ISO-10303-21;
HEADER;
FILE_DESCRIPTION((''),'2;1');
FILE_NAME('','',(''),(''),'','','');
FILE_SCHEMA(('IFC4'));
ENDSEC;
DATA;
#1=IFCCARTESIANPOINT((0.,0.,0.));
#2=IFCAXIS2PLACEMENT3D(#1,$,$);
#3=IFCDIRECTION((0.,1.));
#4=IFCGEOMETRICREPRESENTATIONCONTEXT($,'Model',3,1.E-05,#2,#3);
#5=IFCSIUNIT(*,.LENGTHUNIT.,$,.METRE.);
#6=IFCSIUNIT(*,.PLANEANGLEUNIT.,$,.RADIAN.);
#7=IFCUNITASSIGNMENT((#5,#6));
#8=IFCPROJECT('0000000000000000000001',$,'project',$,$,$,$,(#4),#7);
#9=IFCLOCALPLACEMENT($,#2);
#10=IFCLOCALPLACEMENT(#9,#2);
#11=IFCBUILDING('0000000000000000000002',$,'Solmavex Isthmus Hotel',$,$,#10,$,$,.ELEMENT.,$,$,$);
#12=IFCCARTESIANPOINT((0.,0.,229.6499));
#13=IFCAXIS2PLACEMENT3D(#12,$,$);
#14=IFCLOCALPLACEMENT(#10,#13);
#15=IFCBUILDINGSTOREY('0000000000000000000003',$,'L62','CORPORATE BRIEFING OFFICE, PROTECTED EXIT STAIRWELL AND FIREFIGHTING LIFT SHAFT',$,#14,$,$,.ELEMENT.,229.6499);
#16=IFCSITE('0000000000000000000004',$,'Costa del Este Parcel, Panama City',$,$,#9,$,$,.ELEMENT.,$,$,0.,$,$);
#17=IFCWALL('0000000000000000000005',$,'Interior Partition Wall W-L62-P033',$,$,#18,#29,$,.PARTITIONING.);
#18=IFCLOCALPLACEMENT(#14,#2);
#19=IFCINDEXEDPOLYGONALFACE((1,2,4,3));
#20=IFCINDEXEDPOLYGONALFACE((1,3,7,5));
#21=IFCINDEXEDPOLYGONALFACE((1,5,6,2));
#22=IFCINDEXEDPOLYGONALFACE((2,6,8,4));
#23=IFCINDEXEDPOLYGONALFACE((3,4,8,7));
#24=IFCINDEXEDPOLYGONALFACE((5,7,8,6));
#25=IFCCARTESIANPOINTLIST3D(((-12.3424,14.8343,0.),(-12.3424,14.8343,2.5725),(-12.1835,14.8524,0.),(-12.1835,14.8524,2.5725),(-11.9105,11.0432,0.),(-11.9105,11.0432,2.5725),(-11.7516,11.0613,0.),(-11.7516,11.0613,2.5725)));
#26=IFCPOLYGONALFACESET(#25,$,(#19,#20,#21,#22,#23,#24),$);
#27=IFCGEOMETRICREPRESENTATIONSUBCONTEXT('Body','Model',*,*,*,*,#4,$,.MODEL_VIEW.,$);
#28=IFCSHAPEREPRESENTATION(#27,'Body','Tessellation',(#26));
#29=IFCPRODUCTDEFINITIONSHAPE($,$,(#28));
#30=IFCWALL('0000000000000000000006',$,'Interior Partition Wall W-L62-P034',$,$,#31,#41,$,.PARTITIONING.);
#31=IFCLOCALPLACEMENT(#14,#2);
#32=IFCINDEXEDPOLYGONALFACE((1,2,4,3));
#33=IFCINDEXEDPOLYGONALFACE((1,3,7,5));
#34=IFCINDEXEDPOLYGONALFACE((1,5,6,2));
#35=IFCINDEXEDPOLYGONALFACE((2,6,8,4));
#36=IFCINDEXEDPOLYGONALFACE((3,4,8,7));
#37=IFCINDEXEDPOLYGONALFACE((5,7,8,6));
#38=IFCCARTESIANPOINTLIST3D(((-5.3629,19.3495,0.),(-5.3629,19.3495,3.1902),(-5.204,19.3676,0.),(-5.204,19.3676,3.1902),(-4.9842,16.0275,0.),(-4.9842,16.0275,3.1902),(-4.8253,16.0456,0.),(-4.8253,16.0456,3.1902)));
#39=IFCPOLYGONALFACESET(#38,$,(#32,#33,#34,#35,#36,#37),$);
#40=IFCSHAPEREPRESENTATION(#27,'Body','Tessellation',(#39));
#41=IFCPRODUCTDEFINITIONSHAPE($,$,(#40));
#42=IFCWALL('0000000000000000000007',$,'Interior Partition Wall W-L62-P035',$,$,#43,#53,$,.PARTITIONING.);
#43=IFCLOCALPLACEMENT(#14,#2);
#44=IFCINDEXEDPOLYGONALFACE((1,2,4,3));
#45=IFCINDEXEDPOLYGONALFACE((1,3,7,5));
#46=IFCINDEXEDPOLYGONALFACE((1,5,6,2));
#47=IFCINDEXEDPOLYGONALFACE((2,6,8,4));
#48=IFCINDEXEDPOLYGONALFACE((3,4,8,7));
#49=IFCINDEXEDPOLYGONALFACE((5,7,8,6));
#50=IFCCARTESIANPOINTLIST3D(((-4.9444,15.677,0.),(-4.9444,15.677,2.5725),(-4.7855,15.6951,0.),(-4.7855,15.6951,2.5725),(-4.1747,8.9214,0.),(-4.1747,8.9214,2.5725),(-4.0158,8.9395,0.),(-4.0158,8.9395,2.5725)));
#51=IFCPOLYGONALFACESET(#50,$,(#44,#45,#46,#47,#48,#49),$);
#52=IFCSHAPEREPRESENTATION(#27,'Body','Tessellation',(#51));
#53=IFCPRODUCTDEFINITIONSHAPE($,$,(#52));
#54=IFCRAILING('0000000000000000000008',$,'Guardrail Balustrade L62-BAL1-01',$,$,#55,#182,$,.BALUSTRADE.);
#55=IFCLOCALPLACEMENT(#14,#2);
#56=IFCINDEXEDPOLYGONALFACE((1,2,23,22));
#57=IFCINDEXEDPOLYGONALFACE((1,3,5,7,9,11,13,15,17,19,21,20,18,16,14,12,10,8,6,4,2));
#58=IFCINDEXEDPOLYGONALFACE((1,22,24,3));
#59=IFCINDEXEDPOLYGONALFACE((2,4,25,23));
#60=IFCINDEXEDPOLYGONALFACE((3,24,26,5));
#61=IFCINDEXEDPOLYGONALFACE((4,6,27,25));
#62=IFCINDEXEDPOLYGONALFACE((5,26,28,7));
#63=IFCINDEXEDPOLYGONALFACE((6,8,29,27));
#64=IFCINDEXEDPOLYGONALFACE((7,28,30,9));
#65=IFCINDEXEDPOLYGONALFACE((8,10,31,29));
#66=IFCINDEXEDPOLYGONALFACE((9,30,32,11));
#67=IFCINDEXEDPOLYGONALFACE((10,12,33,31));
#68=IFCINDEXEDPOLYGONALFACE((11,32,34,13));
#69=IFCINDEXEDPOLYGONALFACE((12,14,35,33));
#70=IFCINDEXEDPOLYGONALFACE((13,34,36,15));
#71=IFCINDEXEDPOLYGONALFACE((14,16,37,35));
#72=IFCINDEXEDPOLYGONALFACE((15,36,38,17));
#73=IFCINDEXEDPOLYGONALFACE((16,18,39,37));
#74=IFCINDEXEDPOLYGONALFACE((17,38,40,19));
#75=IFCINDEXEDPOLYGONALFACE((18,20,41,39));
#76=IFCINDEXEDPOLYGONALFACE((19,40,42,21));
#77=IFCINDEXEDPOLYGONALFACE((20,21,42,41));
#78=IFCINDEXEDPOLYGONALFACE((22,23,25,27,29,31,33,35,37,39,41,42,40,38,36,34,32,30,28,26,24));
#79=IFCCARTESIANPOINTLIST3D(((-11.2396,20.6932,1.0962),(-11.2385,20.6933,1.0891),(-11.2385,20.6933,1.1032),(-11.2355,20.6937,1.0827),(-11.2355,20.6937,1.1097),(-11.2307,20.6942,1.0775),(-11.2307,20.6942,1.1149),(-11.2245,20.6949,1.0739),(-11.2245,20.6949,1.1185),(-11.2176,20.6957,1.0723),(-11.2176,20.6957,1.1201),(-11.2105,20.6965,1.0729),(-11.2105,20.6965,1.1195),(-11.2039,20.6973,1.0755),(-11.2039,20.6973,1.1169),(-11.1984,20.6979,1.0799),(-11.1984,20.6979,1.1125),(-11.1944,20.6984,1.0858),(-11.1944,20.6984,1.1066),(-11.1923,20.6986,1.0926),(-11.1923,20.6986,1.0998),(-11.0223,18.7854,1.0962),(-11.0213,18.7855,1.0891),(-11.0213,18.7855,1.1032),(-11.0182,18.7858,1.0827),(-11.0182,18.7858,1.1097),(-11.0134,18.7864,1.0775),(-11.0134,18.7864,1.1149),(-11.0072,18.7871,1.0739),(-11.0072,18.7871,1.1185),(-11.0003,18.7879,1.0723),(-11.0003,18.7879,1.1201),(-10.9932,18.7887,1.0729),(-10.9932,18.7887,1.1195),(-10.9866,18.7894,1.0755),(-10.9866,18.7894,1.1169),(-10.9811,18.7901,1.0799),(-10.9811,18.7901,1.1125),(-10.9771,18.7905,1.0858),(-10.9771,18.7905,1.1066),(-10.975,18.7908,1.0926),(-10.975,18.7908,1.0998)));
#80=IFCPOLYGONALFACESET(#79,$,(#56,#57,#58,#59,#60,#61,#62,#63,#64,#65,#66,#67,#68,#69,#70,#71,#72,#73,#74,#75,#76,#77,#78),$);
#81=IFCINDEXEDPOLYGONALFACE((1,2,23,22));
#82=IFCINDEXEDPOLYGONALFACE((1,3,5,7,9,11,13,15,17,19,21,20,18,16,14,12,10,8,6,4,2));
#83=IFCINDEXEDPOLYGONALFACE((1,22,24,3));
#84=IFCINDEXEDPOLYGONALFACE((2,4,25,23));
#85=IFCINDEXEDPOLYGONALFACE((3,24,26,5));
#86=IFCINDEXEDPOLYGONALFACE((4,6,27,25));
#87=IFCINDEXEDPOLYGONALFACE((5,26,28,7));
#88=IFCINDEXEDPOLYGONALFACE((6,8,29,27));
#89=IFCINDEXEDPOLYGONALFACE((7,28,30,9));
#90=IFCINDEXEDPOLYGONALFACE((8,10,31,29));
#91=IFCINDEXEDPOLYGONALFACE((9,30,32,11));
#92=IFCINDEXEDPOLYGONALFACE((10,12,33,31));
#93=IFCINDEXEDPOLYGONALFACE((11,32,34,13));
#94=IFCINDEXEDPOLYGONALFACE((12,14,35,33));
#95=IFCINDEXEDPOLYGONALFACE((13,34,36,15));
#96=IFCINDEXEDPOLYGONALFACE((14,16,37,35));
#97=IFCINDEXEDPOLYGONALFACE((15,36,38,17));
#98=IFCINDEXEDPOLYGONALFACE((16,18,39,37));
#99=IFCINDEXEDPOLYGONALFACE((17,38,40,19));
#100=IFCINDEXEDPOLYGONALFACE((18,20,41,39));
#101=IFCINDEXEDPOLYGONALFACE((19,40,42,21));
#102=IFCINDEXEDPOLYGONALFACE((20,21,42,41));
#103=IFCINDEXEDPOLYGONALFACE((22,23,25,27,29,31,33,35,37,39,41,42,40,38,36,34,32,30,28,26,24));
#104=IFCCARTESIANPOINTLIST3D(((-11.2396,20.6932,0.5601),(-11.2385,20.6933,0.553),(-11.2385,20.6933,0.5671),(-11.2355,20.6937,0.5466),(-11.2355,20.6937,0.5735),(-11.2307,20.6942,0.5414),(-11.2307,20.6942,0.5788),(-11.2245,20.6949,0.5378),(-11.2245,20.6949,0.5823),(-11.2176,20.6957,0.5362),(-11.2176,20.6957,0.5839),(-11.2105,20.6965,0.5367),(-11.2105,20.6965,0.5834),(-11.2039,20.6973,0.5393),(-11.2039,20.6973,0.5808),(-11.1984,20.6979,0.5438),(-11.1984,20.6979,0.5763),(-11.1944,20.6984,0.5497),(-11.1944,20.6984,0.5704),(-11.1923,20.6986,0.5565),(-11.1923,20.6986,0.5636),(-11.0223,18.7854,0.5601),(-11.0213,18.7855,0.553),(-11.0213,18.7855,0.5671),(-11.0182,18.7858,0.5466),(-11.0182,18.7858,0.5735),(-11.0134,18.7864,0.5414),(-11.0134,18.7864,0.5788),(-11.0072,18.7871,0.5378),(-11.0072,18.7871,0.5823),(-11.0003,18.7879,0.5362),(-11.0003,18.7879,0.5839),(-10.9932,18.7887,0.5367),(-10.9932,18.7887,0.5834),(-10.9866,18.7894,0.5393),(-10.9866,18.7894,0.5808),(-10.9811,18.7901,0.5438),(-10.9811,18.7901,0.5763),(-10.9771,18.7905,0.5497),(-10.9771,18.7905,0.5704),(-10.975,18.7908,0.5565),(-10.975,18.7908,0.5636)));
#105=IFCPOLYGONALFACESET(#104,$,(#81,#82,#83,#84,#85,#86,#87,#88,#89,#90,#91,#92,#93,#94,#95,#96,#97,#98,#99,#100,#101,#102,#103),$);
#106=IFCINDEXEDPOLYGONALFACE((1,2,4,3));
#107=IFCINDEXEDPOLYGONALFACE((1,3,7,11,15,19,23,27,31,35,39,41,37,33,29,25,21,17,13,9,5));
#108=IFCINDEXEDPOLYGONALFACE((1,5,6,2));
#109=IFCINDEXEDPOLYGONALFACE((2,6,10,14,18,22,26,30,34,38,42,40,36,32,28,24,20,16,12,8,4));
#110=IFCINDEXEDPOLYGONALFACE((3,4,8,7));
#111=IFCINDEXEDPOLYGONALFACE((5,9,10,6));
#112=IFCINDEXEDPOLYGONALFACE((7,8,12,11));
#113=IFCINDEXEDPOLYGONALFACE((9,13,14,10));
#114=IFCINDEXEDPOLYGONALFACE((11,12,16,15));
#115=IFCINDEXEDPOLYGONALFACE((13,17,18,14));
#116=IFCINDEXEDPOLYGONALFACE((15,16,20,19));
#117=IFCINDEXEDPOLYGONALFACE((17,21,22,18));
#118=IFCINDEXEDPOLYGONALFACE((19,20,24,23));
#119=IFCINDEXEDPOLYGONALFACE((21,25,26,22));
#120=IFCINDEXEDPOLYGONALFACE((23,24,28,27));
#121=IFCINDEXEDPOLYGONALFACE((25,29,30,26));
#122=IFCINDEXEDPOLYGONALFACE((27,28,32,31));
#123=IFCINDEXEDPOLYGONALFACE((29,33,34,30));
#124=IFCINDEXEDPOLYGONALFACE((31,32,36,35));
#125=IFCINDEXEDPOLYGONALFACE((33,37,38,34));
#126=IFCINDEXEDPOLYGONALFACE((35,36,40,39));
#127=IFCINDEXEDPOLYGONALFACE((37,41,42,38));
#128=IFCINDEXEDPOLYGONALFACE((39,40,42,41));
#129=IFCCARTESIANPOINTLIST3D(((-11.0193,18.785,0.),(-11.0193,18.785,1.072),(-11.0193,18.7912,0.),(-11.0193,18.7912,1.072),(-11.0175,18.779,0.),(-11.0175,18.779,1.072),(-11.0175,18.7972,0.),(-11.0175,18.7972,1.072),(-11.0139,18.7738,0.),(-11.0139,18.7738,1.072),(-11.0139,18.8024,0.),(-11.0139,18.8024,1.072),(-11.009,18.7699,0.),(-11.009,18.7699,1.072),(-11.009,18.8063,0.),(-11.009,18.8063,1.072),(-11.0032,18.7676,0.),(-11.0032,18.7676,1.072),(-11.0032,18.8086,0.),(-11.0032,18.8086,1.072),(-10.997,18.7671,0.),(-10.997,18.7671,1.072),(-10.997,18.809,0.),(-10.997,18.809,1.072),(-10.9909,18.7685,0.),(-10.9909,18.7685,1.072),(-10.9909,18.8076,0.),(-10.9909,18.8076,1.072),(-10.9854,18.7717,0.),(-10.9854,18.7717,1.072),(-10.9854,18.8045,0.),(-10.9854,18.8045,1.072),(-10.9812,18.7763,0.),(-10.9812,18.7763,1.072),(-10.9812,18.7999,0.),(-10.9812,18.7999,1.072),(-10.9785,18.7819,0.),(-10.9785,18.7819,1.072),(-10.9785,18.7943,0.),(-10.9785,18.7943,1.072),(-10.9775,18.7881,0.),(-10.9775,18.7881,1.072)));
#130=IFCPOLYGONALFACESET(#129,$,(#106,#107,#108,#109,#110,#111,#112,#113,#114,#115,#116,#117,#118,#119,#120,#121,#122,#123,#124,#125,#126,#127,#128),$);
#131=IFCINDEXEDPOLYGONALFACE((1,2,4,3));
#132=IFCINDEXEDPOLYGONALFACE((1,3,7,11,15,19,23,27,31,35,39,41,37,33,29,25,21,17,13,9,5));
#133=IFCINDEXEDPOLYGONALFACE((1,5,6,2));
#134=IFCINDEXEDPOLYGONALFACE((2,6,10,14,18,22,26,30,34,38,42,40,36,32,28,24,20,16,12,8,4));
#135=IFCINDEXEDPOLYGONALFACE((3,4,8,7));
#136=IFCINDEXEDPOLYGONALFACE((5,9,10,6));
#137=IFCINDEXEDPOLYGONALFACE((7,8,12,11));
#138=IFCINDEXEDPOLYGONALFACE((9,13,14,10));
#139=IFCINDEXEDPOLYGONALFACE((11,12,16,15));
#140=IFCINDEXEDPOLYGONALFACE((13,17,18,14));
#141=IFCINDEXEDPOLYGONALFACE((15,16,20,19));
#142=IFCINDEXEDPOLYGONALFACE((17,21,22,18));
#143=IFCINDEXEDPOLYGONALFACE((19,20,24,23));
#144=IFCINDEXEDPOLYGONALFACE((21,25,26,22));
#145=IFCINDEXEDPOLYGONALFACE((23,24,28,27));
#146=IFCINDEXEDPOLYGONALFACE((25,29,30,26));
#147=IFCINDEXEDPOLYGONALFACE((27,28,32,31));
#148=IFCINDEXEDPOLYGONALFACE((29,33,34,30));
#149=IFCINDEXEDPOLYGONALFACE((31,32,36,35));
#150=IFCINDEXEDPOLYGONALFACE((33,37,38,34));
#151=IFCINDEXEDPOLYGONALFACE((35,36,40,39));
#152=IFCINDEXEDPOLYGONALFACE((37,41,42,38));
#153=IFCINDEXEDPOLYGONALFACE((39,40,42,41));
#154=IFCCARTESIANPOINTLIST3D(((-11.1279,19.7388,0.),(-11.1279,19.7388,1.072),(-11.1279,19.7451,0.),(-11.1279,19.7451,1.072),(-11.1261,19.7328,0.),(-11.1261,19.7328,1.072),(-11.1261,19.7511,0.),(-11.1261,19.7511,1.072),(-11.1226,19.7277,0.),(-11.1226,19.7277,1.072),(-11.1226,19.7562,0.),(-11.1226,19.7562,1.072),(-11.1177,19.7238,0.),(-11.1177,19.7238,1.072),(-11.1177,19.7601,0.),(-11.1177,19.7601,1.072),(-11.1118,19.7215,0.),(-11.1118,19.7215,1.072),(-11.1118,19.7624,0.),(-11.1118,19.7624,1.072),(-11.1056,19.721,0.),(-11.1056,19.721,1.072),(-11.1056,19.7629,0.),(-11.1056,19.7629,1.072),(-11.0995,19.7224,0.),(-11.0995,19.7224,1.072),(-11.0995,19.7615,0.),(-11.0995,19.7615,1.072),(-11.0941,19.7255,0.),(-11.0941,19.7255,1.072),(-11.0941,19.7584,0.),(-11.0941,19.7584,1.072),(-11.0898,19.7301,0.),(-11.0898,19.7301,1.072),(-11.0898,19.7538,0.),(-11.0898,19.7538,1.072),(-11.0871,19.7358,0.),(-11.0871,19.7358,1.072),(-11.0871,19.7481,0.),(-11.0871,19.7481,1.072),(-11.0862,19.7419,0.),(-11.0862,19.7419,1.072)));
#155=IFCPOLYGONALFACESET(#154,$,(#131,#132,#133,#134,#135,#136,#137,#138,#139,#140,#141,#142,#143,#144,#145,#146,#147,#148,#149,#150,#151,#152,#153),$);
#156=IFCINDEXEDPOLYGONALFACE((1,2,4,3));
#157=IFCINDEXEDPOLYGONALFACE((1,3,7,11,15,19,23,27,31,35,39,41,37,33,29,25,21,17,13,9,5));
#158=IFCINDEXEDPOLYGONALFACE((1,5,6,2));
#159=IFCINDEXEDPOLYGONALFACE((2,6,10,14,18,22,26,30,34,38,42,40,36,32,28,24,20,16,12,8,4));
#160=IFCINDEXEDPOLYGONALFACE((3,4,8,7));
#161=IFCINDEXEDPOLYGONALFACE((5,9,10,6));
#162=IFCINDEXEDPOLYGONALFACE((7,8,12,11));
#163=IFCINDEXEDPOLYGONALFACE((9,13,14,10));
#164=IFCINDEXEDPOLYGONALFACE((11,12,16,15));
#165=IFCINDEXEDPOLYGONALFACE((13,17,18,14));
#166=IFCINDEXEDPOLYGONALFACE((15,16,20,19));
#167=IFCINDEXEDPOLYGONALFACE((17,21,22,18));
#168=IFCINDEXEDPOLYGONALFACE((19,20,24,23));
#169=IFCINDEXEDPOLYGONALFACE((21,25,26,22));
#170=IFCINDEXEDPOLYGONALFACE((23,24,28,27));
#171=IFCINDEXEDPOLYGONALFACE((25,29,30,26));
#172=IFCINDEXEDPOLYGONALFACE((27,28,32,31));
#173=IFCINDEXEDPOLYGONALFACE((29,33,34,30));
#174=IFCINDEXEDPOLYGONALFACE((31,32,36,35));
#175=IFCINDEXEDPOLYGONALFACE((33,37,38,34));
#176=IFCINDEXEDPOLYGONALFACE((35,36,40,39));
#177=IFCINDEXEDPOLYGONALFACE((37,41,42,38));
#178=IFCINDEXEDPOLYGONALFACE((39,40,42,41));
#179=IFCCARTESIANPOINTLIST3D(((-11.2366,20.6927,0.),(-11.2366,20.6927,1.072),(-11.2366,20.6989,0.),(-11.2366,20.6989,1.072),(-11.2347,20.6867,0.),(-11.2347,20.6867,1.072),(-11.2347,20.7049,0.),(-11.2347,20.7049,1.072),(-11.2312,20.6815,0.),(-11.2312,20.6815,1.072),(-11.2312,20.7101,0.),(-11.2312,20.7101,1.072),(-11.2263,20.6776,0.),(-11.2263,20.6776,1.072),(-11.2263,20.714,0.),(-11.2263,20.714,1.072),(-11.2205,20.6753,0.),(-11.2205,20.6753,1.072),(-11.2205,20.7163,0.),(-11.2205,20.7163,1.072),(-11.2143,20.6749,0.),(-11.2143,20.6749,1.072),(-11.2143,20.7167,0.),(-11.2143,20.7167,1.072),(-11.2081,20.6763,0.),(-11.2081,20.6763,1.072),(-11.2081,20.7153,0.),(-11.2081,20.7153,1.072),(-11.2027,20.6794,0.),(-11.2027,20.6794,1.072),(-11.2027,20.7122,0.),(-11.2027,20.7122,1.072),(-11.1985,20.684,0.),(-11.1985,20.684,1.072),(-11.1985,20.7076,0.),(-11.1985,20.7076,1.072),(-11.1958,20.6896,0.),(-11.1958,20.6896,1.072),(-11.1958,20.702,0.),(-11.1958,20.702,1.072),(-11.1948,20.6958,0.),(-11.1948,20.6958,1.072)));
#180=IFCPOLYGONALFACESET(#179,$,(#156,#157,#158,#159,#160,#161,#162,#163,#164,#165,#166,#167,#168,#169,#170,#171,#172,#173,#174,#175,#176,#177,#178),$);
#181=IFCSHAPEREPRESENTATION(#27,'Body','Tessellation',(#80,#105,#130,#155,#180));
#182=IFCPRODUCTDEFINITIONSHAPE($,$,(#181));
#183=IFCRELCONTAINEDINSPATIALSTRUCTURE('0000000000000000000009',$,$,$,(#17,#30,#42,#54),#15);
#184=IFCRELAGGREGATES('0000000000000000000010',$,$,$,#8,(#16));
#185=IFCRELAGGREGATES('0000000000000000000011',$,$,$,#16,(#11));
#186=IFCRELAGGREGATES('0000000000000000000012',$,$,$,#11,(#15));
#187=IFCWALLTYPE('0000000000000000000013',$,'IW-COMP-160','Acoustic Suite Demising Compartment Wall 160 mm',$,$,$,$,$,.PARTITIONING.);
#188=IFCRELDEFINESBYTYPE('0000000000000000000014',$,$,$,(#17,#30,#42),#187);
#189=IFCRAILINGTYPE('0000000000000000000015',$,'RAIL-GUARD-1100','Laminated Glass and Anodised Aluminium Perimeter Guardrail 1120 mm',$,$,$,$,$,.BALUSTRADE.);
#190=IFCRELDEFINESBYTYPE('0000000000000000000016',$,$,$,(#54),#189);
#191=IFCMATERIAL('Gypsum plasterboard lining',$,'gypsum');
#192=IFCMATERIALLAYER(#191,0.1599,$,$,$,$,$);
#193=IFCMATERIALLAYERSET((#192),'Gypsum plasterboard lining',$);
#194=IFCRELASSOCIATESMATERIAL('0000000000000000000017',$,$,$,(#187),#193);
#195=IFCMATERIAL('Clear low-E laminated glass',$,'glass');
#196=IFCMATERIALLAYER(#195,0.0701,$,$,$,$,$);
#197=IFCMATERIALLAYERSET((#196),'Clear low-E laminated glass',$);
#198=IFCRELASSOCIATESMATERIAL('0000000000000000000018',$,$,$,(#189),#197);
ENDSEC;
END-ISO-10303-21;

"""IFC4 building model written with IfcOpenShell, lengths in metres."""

from ifc_helpers import new_model, si_unit, direction, frame, frame_2d, origin, origin_2d, place, context, subcontext, project, spatial, rectangle, circle, extrude, material, layer, layer_set, type_object, element, save


model = new_model("IFC4")

# Units and contexts
model_context = context("Model", 3, precision=1e-05, world=origin(), true_north=direction((0.0, 1.0)))
body_context = subcontext(model_context, "Body", "Model", "MODEL_VIEW")
ifc_project = project(units=[si_unit("LENGTHUNIT", "METRE"), si_unit("PLANEANGLEUNIT", "RADIAN")], contexts=[model_context])

# Site, building, storey
site_placement = place(None, origin())
site = spatial("IfcSite", under=ifc_project, at=site_placement, Name="Costa del Este Parcel, Panama City", CompositionType="ELEMENT", RefElevation=0.0)
building_placement = place(site_placement, origin())
building = spatial("IfcBuilding", under=site, at=building_placement, Name="Solmavex Isthmus Hotel", CompositionType="ELEMENT")
storey_placement = place(building_placement, frame((0.0, 0.0, 229.6499)))
storey = spatial("IfcBuildingStorey", under=building, at=storey_placement, Name="L62", Description="CORPORATE BRIEFING OFFICE, PROTECTED EXIT STAIRWELL AND FIREFIGHTING LIFT SHAFT", CompositionType="ELEMENT", Elevation=229.6499)

# Shared definitions
ifc_material_1 = material(Name="Clear low-E laminated glass", Category="glass")

# Walls
ifc_material_2 = material(Name="Gypsum plasterboard lining", Category="gypsum")
ifc_layer_1 = layer(ifc_material_2, 0.1599)
ifc_layer_set_1 = layer_set([ifc_layer_1], Name="Gypsum plasterboard lining")
wall_type_1 = type_object("IfcWallType", Name="IW-COMP-160", Description="Acoustic Suite Demising Compartment Wall 160 mm", PredefinedType="PARTITIONING", material=ifc_layer_set_1)
wall_1_placement = place(storey_placement, frame((-12.2629, 14.8433, 0.0), z_axis=(0.0, 0.0, 1.0), x_axis=(0.113184, -0.993574, 0.0)))
element("IfcWall", 1, at=wall_1_placement, inside=storey, type_object=wall_type_1, Name="Interior Partition Wall W-L62-P033", PredefinedType="PARTITIONING", context=body_context, shape_type="SweptSolid", body=[
    extrude(rectangle(XDim=3.8157, YDim=0.1599, at=frame_2d((1.9077, 0.0))), origin(), (0.0, 0.0, 1.0), 2.5725),
])
wall_2_placement = place(storey_placement, frame((-5.2834, 19.3586, 0.0), z_axis=(0.0, 0.0, 1.0), x_axis=(0.113252, -0.993566, 0.0)))
element("IfcWall", 2, at=wall_2_placement, inside=storey, type_object=wall_type_1, Name="Interior Partition Wall W-L62-P034", PredefinedType="PARTITIONING", context=body_context, shape_type="SweptSolid", body=[
    extrude(rectangle(XDim=3.3435, YDim=0.1599, at=frame_2d((1.6719, 0.0))), origin(), (0.0, 0.0, 1.0), 3.1902),
])
wall_3_placement = place(storey_placement, frame((-4.865, 15.686, 0.0), z_axis=(0.0, 0.0, 1.0), x_axis=(0.113213, -0.993571, 0.0)))
element("IfcWall", 3, at=wall_3_placement, inside=storey, type_object=wall_type_1, Name="Interior Partition Wall W-L62-P035", PredefinedType="PARTITIONING", context=body_context, shape_type="SweptSolid", body=[
    extrude(rectangle(XDim=6.7993, YDim=0.1599, at=frame_2d((3.3997, 0.0))), origin(), (0.0, 0.0, 1.0), 2.5725),
])

# Railing
ifc_layer_2 = layer(ifc_material_1, 0.0701)
ifc_layer_set_2 = layer_set([ifc_layer_2], Name="Clear low-E laminated glass")
railing_type = type_object("IfcRailingType", Name="RAIL-GUARD-1100", Description="Laminated Glass and Anodised Aluminium Perimeter Guardrail 1120 mm", PredefinedType="BALUSTRADE", material=ifc_layer_set_2)
railing_1_placement = place(storey_placement, frame((-10.9985, 18.7881, 0.0)))
element("IfcRailing", 4, at=railing_1_placement, inside=storey, type_object=railing_type, Name="Guardrail Balustrade L62-BAL1-01", PredefinedType="BALUSTRADE", context=body_context, shape_type="SweptSolid", body=[
    extrude(circle(Radius=0.0239, at=origin_2d()), frame((0.0, 0.0, 1.0962), z_axis=(-0.113166, 0.993576, 0.0), x_axis=(-0.993576, -0.113166, 0.0)), (0.0, 0.0, 1.0), 1.9202),
    extrude(circle(Radius=0.0239, at=origin_2d()), frame((0.0, 0.0, 0.5601), z_axis=(-0.113166, 0.993576, 0.0), x_axis=(-0.993576, -0.113166, 0.0)), (0.0, 0.0, 1.0), 1.9202),
    extrude(circle(Radius=0.021, at=origin_2d()), origin(), (0.0, 0.0, 1.0), 1.072),
    extrude(circle(Radius=0.021, at=origin_2d()), frame((-0.1086, 0.9539, 0.0)), (0.0, 0.0, 1.0), 1.072),
    extrude(circle(Radius=0.021, at=origin_2d()), frame((-0.2173, 1.9077, 0.0)), (0.0, 0.0, 1.0), 1.072),
])

save(model, "model.ifc")
